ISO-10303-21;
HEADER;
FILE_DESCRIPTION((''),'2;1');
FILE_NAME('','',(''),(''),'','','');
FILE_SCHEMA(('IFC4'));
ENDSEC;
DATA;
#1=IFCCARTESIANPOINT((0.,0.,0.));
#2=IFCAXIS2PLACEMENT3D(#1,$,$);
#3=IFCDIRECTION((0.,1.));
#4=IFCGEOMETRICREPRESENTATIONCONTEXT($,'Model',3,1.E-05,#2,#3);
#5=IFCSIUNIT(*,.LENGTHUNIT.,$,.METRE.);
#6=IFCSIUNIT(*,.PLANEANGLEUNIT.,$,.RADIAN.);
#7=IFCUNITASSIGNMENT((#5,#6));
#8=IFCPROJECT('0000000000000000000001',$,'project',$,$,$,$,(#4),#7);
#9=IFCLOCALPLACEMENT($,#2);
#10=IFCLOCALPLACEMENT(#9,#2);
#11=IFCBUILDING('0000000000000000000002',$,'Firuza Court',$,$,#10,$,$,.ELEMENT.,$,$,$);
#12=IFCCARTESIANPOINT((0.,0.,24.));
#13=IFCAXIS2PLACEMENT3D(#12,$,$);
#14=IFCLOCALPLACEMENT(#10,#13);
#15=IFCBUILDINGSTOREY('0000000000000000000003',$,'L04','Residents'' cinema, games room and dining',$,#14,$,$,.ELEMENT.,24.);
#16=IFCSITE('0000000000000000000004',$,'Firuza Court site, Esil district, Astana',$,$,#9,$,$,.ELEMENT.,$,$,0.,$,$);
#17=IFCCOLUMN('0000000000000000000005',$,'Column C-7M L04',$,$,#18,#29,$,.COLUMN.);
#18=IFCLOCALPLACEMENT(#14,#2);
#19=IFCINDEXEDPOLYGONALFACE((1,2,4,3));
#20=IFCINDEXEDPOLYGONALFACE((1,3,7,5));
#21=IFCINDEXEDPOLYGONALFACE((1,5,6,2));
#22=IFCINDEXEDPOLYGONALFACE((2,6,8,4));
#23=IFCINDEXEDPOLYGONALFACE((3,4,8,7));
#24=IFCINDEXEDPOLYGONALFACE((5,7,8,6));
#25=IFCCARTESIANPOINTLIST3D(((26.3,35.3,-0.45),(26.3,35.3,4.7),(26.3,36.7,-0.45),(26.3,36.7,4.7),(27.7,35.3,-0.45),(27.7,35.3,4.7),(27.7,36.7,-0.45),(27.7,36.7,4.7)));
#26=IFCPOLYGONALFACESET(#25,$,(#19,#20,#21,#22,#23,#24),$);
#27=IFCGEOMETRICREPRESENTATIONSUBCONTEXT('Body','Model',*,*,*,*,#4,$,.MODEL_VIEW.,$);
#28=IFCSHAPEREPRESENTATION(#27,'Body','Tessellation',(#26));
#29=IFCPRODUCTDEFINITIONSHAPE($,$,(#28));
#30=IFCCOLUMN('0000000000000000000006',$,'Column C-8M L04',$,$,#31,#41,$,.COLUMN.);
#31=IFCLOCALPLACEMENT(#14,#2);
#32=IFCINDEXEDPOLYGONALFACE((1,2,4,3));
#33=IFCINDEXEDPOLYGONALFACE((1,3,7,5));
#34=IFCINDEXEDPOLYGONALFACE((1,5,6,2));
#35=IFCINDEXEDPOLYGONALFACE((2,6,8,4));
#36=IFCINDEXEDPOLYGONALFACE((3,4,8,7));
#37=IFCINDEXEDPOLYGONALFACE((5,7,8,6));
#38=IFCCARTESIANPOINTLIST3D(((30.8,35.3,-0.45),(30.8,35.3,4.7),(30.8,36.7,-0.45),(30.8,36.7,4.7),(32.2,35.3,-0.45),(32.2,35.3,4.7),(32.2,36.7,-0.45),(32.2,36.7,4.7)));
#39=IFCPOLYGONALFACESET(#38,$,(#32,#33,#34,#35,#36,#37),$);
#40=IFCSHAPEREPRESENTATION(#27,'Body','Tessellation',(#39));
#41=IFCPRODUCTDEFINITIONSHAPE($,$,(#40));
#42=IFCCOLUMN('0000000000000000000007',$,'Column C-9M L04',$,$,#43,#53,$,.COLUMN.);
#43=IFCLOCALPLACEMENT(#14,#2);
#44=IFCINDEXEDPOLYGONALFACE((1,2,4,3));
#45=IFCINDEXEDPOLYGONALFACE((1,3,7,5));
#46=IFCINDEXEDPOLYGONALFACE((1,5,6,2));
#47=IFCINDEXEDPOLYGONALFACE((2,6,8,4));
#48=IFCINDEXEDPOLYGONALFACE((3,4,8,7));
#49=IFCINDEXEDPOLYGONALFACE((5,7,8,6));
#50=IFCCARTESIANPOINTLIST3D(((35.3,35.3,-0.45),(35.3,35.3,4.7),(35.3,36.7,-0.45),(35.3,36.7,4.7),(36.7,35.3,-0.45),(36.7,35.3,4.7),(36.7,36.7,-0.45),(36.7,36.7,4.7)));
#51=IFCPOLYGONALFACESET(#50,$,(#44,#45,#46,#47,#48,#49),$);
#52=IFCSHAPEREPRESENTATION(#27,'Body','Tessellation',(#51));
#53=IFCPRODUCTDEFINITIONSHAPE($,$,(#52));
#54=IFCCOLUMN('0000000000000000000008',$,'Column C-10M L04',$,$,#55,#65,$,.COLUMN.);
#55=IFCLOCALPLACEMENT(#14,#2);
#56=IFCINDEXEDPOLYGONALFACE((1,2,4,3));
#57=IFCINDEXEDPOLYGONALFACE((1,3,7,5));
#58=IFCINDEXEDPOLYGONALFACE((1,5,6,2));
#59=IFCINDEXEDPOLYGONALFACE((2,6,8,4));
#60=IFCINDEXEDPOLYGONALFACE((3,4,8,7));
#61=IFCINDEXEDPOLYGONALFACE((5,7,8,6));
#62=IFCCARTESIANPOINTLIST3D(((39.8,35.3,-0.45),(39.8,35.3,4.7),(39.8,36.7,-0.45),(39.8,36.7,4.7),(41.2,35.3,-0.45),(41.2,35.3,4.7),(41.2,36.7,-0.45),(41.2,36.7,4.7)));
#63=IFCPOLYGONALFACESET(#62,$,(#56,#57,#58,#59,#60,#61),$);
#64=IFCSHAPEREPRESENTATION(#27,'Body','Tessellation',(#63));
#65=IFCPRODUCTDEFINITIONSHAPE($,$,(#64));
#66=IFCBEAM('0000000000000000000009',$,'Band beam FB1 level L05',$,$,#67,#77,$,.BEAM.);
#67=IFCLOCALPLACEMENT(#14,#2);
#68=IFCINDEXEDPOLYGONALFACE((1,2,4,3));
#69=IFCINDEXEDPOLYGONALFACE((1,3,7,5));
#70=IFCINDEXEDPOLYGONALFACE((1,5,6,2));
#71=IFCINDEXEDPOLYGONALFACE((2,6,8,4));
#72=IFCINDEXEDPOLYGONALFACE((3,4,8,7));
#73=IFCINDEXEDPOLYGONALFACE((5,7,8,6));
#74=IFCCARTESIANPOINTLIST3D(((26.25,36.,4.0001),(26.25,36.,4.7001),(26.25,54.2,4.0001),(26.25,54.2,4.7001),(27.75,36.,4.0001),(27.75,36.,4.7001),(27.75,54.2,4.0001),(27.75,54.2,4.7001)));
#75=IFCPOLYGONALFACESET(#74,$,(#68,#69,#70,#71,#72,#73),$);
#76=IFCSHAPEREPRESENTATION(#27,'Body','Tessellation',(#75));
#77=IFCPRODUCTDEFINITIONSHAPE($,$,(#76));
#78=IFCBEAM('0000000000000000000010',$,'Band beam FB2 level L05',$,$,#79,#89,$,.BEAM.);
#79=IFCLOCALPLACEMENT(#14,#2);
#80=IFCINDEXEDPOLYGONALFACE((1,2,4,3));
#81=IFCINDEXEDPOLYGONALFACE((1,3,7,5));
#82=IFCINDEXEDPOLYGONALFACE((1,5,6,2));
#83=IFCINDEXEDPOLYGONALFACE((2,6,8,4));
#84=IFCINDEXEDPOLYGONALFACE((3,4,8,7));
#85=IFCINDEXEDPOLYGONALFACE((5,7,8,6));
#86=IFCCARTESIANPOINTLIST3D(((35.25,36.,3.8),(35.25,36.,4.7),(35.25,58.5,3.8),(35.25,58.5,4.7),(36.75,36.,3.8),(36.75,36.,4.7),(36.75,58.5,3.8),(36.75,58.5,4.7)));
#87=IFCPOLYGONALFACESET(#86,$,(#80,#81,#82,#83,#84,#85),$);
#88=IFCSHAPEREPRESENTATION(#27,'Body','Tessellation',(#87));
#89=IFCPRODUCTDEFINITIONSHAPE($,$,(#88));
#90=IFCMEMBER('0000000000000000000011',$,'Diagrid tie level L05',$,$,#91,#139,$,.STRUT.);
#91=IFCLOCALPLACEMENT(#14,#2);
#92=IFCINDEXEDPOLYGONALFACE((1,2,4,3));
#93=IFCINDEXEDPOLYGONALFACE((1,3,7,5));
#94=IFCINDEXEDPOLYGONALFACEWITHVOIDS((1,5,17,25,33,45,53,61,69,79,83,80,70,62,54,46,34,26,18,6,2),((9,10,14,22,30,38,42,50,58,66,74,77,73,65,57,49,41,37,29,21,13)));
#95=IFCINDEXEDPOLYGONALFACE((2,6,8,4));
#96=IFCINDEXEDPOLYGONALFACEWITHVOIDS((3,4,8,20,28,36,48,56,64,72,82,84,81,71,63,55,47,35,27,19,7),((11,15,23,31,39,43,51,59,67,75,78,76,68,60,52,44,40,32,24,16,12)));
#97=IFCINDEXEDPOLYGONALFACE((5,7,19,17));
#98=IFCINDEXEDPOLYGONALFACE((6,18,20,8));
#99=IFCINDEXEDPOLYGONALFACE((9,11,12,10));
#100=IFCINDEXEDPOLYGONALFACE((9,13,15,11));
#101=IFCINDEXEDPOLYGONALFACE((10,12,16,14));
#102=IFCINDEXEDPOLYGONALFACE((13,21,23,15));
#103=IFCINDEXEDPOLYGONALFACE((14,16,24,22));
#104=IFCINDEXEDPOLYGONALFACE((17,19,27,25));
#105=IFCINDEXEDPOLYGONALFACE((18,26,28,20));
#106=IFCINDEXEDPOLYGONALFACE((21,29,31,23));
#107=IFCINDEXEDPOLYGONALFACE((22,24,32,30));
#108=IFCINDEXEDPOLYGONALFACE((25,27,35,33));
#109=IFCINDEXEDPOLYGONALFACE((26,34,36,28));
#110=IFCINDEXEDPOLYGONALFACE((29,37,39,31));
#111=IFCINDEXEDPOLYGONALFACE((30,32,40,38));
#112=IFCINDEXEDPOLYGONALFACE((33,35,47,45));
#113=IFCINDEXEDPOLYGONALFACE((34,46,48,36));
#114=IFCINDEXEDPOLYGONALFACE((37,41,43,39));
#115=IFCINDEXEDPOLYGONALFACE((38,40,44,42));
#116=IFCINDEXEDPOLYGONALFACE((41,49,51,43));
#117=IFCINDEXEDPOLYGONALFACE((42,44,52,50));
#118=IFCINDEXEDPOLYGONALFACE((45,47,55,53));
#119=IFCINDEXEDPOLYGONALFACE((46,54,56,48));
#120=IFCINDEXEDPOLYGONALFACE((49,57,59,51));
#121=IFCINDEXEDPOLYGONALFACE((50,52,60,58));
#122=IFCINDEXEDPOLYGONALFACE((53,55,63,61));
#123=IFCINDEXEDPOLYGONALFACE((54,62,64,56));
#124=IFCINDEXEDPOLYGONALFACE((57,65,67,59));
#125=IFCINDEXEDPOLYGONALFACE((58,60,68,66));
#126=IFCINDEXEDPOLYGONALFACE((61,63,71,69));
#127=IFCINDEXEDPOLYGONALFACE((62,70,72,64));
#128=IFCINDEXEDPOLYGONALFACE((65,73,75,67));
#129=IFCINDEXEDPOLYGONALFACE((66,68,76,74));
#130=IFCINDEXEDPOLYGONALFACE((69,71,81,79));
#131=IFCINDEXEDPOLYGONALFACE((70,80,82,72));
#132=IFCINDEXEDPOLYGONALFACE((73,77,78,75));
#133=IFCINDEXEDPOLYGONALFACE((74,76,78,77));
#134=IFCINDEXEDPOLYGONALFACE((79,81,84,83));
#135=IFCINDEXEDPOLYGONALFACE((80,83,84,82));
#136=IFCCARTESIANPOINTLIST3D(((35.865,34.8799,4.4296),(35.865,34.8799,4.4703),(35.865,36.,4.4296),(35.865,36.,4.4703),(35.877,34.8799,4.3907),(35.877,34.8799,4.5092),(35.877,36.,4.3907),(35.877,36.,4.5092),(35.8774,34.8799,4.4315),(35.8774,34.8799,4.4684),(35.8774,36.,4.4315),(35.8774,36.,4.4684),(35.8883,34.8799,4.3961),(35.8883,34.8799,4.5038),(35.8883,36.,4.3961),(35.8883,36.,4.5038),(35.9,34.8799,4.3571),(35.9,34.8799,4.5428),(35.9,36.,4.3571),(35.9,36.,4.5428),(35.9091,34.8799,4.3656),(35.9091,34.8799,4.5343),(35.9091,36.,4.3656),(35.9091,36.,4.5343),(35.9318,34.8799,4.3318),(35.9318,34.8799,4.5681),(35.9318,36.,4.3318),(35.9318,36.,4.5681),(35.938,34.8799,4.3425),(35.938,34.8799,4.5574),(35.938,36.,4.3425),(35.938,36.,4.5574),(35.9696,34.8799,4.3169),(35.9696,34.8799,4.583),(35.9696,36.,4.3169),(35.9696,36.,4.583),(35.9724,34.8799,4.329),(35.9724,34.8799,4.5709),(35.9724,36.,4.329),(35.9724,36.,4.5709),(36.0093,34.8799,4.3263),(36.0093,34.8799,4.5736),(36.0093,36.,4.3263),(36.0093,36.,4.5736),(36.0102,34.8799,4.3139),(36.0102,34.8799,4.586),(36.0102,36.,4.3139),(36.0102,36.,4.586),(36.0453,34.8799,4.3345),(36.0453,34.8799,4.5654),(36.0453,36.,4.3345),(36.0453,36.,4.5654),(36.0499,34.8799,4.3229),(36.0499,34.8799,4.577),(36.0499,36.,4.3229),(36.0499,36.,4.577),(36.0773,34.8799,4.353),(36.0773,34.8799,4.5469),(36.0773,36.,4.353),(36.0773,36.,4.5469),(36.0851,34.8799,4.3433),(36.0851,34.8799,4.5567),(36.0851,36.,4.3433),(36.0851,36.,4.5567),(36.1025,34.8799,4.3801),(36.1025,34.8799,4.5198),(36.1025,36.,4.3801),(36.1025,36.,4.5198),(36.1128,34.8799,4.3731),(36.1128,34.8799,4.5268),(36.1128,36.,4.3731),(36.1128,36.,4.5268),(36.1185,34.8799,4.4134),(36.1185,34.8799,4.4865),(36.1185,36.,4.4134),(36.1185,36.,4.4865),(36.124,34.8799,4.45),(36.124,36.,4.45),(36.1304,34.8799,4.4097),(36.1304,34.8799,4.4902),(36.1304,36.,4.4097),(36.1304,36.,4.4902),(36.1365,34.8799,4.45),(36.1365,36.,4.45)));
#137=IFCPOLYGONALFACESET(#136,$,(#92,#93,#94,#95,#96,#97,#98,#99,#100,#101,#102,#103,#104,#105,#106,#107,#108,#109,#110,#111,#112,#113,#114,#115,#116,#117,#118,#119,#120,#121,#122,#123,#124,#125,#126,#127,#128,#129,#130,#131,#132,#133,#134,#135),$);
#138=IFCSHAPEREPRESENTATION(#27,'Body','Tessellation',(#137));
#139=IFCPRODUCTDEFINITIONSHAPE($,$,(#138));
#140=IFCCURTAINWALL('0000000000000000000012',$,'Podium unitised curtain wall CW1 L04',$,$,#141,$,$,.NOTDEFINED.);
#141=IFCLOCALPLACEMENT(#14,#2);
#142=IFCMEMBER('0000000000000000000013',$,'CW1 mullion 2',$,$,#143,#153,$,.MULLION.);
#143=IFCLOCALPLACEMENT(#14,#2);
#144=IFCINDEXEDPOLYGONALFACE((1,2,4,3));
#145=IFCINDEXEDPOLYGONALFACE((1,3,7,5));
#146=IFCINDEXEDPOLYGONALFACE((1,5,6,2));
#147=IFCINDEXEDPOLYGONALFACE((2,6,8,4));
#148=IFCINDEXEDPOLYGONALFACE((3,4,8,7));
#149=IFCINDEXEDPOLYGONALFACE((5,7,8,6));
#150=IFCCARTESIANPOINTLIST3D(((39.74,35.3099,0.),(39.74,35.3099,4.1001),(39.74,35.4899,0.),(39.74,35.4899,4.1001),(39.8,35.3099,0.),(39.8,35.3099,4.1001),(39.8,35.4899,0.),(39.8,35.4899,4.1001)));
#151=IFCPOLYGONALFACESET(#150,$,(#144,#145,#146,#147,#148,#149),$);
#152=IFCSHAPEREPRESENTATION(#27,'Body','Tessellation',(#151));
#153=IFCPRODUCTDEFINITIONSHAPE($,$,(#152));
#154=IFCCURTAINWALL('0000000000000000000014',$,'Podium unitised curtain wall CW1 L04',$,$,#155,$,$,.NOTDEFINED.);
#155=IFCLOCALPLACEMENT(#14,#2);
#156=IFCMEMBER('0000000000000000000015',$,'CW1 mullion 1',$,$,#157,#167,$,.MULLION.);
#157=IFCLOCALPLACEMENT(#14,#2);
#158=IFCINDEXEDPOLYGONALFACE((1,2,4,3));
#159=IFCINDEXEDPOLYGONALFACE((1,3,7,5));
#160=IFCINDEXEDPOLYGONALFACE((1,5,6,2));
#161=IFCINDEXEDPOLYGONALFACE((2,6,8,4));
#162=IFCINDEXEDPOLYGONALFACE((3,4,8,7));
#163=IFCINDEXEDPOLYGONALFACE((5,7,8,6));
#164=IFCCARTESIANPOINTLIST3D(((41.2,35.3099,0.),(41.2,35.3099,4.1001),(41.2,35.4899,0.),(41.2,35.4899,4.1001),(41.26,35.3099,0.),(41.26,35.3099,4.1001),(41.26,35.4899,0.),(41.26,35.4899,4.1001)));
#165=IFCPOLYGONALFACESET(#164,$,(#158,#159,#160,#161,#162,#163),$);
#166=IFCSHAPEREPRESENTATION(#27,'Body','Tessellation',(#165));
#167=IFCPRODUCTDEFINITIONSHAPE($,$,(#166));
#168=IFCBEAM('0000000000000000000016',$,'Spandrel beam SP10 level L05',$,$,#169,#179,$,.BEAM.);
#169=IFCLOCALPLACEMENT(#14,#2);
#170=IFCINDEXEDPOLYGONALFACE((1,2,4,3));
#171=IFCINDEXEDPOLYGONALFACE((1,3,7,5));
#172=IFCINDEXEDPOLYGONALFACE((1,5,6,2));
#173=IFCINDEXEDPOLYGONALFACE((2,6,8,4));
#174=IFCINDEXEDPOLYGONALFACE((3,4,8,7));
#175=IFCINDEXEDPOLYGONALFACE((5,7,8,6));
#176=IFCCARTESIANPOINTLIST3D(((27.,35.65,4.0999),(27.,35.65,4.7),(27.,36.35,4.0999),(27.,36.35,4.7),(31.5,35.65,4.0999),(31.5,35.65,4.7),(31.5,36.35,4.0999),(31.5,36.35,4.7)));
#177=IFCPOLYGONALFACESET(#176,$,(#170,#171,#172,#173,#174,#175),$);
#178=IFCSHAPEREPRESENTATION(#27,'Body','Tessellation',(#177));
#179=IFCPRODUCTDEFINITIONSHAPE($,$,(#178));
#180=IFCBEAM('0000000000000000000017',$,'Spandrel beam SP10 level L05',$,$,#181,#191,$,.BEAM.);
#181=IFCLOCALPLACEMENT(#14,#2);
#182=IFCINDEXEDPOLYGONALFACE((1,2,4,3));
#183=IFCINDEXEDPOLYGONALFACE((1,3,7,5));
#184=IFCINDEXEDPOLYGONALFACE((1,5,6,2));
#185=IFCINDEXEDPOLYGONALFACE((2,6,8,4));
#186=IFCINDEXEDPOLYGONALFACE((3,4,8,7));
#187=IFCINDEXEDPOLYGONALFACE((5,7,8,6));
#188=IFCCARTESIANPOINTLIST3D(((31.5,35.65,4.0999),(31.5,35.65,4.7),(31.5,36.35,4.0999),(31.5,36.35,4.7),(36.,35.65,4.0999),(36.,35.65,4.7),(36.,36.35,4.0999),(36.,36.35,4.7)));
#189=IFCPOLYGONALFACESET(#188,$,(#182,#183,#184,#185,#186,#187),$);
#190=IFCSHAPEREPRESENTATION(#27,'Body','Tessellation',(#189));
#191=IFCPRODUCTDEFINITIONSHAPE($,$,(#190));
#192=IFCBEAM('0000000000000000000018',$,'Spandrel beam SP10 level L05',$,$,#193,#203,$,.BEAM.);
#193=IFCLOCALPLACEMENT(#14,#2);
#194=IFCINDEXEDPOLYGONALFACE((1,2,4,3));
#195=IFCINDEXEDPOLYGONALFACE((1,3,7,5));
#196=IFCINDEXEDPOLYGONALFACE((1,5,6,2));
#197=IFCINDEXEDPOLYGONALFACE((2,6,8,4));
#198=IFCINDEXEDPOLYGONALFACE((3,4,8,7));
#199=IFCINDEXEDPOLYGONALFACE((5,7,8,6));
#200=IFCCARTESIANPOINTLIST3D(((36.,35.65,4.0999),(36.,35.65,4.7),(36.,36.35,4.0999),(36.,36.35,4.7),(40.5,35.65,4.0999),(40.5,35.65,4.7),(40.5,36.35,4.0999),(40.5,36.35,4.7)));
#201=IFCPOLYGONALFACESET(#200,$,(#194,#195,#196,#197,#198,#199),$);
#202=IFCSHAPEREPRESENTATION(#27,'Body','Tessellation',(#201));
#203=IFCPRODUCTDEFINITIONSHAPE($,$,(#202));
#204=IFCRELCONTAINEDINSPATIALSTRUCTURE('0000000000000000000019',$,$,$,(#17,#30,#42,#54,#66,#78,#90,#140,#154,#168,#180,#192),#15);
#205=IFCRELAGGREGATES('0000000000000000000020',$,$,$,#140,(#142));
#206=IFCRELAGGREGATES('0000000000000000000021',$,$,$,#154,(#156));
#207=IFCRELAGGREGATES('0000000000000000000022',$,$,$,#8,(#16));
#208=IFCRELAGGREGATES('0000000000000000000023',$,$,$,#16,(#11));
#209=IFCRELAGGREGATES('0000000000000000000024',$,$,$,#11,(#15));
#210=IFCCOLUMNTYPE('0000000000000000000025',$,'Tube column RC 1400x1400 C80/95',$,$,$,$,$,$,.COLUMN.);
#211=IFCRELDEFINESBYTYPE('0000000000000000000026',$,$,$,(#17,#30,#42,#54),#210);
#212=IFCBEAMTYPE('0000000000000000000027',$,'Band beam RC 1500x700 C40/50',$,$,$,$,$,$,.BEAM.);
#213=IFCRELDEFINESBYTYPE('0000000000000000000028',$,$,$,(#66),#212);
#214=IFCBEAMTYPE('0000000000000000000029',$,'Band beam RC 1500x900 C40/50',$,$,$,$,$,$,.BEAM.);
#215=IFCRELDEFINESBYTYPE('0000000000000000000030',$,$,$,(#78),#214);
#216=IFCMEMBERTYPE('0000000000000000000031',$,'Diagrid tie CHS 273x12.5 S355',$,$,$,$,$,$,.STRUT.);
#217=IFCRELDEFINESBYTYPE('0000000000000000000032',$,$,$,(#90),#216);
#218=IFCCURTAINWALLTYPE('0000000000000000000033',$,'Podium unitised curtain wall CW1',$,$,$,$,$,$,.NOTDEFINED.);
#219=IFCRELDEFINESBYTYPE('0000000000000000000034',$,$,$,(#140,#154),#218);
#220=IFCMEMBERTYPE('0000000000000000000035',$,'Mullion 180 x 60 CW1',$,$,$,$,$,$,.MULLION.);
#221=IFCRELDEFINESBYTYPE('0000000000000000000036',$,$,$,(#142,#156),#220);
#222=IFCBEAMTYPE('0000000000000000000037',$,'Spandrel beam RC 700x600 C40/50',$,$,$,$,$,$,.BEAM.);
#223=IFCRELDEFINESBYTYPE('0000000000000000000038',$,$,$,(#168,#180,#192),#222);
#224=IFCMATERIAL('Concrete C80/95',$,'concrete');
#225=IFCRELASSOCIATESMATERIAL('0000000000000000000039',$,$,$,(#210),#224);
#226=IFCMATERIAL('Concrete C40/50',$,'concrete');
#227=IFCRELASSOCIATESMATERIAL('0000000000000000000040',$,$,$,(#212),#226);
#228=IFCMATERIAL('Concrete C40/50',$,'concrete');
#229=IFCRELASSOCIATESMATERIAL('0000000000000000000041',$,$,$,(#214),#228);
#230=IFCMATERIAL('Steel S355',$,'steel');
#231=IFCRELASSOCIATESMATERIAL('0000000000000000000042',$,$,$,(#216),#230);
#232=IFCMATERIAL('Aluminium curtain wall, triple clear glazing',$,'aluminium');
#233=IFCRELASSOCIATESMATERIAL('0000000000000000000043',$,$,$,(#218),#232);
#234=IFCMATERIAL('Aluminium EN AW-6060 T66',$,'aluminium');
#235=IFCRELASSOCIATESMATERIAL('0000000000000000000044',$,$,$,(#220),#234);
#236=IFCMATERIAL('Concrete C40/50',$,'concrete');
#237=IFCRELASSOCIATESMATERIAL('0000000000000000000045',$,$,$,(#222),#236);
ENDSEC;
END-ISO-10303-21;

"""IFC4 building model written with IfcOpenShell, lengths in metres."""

from ifc_helpers import new_model, si_unit, direction, frame, origin, origin_2d, place, context, subcontext, project, spatial, rectangle, hollow_circle, extrude, material, material_profile, profile_set, type_object, element, aggregate, save


model = new_model("IFC4")

# Units and contexts
model_context = context("Model", 3, precision=1e-05, world=origin(), true_north=direction((0.0, 1.0)))
body_context = subcontext(model_context, "Body", "Model", "MODEL_VIEW")
ifc_project = project(units=[si_unit("LENGTHUNIT", "METRE"), si_unit("PLANEANGLEUNIT", "RADIAN")], contexts=[model_context])

# Site, building, storey
site_placement = place(None, origin())
site = spatial("IfcSite", under=ifc_project, at=site_placement, Name="Firuza Court site, Esil district, Astana", CompositionType="ELEMENT", RefElevation=0.0)
building_placement = place(site_placement, origin())
building = spatial("IfcBuilding", under=site, at=building_placement, Name="Firuza Court", CompositionType="ELEMENT")
storey_placement = place(building_placement, frame((0.0, 0.0, 24.0)))
storey = spatial("IfcBuildingStorey", under=building, at=storey_placement, Name="L04", Description="Residents' cinema, games room and dining", CompositionType="ELEMENT", Elevation=24.0)

# Columns
ifc_material_1 = material(Name="Concrete C80/95", Category="concrete")
ifc_material_profile_1 = material_profile(ifc_material_1, rectangle(XDim=1.3999, YDim=1.3999, at=origin_2d()), Name="RC 1400x1400")
ifc_profile_set_1 = profile_set([ifc_material_profile_1], Name="Concrete C80/95")
column_type = type_object("IfcColumnType", Name="Tube column RC 1400x1400 C80/95", PredefinedType="COLUMN", material=ifc_profile_set_1)
for number, where, z_axis, x_axis, name in (
    (1, (27.0, 36.0, -0.45), (0.0, 0.0, 1.0), (1.0, 0.0, 0.0), "Column C-7M L04"),
    (2, (31.5, 36.0, -0.45), (0.0, 0.0, 1.0), (1.0, 0.0, 0.0), "Column C-8M L04"),
    (3, (36.0, 36.0, -0.45), (0.0, 0.0, 1.0), (1.0, 0.0, 0.0), "Column C-9M L04"),
    (4, (40.5, 36.0, -0.45), (0.0, 0.0, 1.0), (1.0, 0.0, 0.0), "Column C-10M L04"),
):
    element("IfcColumn", number, at=place(storey_placement, frame(where, z_axis=z_axis, x_axis=x_axis)), inside=storey, type_object=column_type, Name=name, PredefinedType="COLUMN", context=body_context, shape_type="SweptSolid", body=[
        extrude(rectangle(XDim=1.3999, YDim=1.3999, at=origin_2d()), origin(), (0.0, 0.0, 1.0), 5.1499),
    ])

# Beams
ifc_material_2 = material(Name="Concrete C40/50", Category="concrete")
ifc_material_profile_2 = material_profile(ifc_material_2, rectangle(XDim=1.5, YDim=0.7, at=origin_2d()), Name="RC 1500x700")
ifc_profile_set_2 = profile_set([ifc_material_profile_2], Name="Concrete C40/50")
beam_type_1 = type_object("IfcBeamType", Name="Band beam RC 1500x700 C40/50", PredefinedType="BEAM", material=ifc_profile_set_2)
beam_1_placement = place(storey_placement, frame((27.0, 36.0, 4.3501), z_axis=(0.0, 1.0, 0.0), x_axis=(-1.0, 0.0, 0.0)))
element("IfcBeam", 5, at=beam_1_placement, inside=storey, type_object=beam_type_1, Name="Band beam FB1 level L05", PredefinedType="BEAM", context=body_context, shape_type="SweptSolid", body=[
    extrude(rectangle(XDim=1.5, YDim=0.7, at=origin_2d()), origin(), (0.0, 0.0, 1.0), 18.2),
])
ifc_material_3 = material(Name="Concrete C40/50", Category="concrete")
ifc_material_profile_3 = material_profile(ifc_material_3, rectangle(XDim=1.5, YDim=0.8999, at=origin_2d()), Name="RC 1500x900")
ifc_profile_set_3 = profile_set([ifc_material_profile_3], Name="Concrete C40/50")
beam_type_2 = type_object("IfcBeamType", Name="Band beam RC 1500x900 C40/50", PredefinedType="BEAM", material=ifc_profile_set_3)
beam_2_placement = place(storey_placement, frame((36.0, 36.0, 4.25), z_axis=(0.0, 1.0, 0.0), x_axis=(-1.0, 0.0, 0.0)))
element("IfcBeam", 6, at=beam_2_placement, inside=storey, type_object=beam_type_2, Name="Band beam FB2 level L05", PredefinedType="BEAM", context=body_context, shape_type="SweptSolid", body=[
    extrude(rectangle(XDim=1.5, YDim=0.8999, at=origin_2d()), origin(), (0.0, 0.0, 1.0), 22.5),
])

# Member
ifc_material_4 = material(Name="Steel S355", Category="steel")
ifc_material_profile_4 = material_profile(ifc_material_4, hollow_circle(Radius=0.1365, WallThickness=0.0125, at=origin_2d()), Name="CHS 273x12.5")
ifc_profile_set_4 = profile_set([ifc_material_profile_4], Name="Steel S355")
member_type_1 = type_object("IfcMemberType", Name="Diagrid tie CHS 273x12.5 S355", PredefinedType="STRUT", material=ifc_profile_set_4)
member_1_placement = place(storey_placement, frame((36.0, 36.0, 4.45), z_axis=(0.0, -1.0, 0.0), x_axis=(1.0, 0.0, 0.0)))
element("IfcMember", 7, at=member_1_placement, inside=storey, type_object=member_type_1, Name="Diagrid tie level L05", PredefinedType="STRUT", context=body_context, shape_type="SweptSolid", body=[
    extrude(hollow_circle(Radius=0.1365, WallThickness=0.0125, at=origin_2d()), origin(), (0.0, 0.0, 1.0), 1.1201),
])

# Curtain walls, members
ifc_material_5 = material(Name="Aluminium curtain wall, triple clear glazing", Category="aluminium")
curtain_wall_type = type_object("IfcCurtainWallType", Name="Podium unitised curtain wall CW1", PredefinedType="NOTDEFINED", material=ifc_material_5)
curtain_wall_1_placement = place(storey_placement, origin())
curtain_wall_1 = element("IfcCurtainWall", 8, at=curtain_wall_1_placement, inside=storey, type_object=curtain_wall_type, Name="Podium unitised curtain wall CW1 L04", PredefinedType="NOTDEFINED")
ifc_material_6 = material(Name="Aluminium EN AW-6060 T66", Category="aluminium")
ifc_material_profile_5 = material_profile(ifc_material_6, rectangle(XDim=0.1799, YDim=0.0601, at=origin_2d()), Name="Mullion 180 x 60 CW1")
ifc_profile_set_5 = profile_set([ifc_material_profile_5], Name="Aluminium EN AW-6060 T66")
member_type_2 = type_object("IfcMemberType", Name="Mullion 180 x 60 CW1", PredefinedType="MULLION", material=ifc_profile_set_5)
member_2_placement = place(storey_placement, frame((39.77, 35.3999, 0.0), z_axis=(0.0, 0.0, 1.0), x_axis=(0.0, 1.0, 0.0)))
member_2 = element("IfcMember", 9, at=member_2_placement, type_object=member_type_2, Name="CW1 mullion 2", PredefinedType="MULLION", context=body_context, shape_type="SweptSolid", body=[
    extrude(rectangle(XDim=0.1799, YDim=0.0601, at=origin_2d()), origin(), (0.0, 0.0, 1.0), 4.1001),
])
curtain_wall_2_placement = place(storey_placement, origin())
curtain_wall_2 = element("IfcCurtainWall", 10, at=curtain_wall_2_placement, inside=storey, type_object=curtain_wall_type, Name="Podium unitised curtain wall CW1 L04", PredefinedType="NOTDEFINED")
member_3_placement = place(storey_placement, frame((41.23, 35.3999, 0.0), z_axis=(0.0, 0.0, 1.0), x_axis=(0.0, 1.0, 0.0)))
member_3 = element("IfcMember", 11, at=member_3_placement, type_object=member_type_2, Name="CW1 mullion 1", PredefinedType="MULLION", context=body_context, shape_type="SweptSolid", body=[
    extrude(rectangle(XDim=0.1799, YDim=0.0601, at=origin_2d()), origin(), (0.0, 0.0, 1.0), 4.1001),
])

# Beams
ifc_material_7 = material(Name="Concrete C40/50", Category="concrete")
ifc_material_profile_6 = material_profile(ifc_material_7, rectangle(XDim=0.7, YDim=0.6001, at=origin_2d()), Name="RC 700x600")
ifc_profile_set_6 = profile_set([ifc_material_profile_6], Name="Concrete C40/50")
beam_type_3 = type_object("IfcBeamType", Name="Spandrel beam RC 700x600 C40/50", PredefinedType="BEAM", material=ifc_profile_set_6)
for number, where, z_axis, x_axis, name in (
    (12, (27.0, 36.0, 4.3999), (1.0, 0.0, 0.0), (0.0, 1.0, 0.0), "Spandrel beam SP10 level L05"),
    (13, (31.5, 36.0, 4.3999), (1.0, 0.0, 0.0), (0.0, 1.0, 0.0), "Spandrel beam SP10 level L05"),
    (14, (36.0, 36.0, 4.3999), (1.0, 0.0, 0.0), (0.0, 1.0, 0.0), "Spandrel beam SP10 level L05"),
):
    element("IfcBeam", number, at=place(storey_placement, frame(where, z_axis=z_axis, x_axis=x_axis)), inside=storey, type_object=beam_type_3, Name=name, PredefinedType="BEAM", context=body_context, shape_type="SweptSolid", body=[
        extrude(rectangle(XDim=0.7, YDim=0.6001, at=origin_2d()), origin(), (0.0, 0.0, 1.0), 4.5),
    ])

aggregate(curtain_wall_1, [member_2])
aggregate(curtain_wall_2, [member_3])

save(model, "model.ifc")
